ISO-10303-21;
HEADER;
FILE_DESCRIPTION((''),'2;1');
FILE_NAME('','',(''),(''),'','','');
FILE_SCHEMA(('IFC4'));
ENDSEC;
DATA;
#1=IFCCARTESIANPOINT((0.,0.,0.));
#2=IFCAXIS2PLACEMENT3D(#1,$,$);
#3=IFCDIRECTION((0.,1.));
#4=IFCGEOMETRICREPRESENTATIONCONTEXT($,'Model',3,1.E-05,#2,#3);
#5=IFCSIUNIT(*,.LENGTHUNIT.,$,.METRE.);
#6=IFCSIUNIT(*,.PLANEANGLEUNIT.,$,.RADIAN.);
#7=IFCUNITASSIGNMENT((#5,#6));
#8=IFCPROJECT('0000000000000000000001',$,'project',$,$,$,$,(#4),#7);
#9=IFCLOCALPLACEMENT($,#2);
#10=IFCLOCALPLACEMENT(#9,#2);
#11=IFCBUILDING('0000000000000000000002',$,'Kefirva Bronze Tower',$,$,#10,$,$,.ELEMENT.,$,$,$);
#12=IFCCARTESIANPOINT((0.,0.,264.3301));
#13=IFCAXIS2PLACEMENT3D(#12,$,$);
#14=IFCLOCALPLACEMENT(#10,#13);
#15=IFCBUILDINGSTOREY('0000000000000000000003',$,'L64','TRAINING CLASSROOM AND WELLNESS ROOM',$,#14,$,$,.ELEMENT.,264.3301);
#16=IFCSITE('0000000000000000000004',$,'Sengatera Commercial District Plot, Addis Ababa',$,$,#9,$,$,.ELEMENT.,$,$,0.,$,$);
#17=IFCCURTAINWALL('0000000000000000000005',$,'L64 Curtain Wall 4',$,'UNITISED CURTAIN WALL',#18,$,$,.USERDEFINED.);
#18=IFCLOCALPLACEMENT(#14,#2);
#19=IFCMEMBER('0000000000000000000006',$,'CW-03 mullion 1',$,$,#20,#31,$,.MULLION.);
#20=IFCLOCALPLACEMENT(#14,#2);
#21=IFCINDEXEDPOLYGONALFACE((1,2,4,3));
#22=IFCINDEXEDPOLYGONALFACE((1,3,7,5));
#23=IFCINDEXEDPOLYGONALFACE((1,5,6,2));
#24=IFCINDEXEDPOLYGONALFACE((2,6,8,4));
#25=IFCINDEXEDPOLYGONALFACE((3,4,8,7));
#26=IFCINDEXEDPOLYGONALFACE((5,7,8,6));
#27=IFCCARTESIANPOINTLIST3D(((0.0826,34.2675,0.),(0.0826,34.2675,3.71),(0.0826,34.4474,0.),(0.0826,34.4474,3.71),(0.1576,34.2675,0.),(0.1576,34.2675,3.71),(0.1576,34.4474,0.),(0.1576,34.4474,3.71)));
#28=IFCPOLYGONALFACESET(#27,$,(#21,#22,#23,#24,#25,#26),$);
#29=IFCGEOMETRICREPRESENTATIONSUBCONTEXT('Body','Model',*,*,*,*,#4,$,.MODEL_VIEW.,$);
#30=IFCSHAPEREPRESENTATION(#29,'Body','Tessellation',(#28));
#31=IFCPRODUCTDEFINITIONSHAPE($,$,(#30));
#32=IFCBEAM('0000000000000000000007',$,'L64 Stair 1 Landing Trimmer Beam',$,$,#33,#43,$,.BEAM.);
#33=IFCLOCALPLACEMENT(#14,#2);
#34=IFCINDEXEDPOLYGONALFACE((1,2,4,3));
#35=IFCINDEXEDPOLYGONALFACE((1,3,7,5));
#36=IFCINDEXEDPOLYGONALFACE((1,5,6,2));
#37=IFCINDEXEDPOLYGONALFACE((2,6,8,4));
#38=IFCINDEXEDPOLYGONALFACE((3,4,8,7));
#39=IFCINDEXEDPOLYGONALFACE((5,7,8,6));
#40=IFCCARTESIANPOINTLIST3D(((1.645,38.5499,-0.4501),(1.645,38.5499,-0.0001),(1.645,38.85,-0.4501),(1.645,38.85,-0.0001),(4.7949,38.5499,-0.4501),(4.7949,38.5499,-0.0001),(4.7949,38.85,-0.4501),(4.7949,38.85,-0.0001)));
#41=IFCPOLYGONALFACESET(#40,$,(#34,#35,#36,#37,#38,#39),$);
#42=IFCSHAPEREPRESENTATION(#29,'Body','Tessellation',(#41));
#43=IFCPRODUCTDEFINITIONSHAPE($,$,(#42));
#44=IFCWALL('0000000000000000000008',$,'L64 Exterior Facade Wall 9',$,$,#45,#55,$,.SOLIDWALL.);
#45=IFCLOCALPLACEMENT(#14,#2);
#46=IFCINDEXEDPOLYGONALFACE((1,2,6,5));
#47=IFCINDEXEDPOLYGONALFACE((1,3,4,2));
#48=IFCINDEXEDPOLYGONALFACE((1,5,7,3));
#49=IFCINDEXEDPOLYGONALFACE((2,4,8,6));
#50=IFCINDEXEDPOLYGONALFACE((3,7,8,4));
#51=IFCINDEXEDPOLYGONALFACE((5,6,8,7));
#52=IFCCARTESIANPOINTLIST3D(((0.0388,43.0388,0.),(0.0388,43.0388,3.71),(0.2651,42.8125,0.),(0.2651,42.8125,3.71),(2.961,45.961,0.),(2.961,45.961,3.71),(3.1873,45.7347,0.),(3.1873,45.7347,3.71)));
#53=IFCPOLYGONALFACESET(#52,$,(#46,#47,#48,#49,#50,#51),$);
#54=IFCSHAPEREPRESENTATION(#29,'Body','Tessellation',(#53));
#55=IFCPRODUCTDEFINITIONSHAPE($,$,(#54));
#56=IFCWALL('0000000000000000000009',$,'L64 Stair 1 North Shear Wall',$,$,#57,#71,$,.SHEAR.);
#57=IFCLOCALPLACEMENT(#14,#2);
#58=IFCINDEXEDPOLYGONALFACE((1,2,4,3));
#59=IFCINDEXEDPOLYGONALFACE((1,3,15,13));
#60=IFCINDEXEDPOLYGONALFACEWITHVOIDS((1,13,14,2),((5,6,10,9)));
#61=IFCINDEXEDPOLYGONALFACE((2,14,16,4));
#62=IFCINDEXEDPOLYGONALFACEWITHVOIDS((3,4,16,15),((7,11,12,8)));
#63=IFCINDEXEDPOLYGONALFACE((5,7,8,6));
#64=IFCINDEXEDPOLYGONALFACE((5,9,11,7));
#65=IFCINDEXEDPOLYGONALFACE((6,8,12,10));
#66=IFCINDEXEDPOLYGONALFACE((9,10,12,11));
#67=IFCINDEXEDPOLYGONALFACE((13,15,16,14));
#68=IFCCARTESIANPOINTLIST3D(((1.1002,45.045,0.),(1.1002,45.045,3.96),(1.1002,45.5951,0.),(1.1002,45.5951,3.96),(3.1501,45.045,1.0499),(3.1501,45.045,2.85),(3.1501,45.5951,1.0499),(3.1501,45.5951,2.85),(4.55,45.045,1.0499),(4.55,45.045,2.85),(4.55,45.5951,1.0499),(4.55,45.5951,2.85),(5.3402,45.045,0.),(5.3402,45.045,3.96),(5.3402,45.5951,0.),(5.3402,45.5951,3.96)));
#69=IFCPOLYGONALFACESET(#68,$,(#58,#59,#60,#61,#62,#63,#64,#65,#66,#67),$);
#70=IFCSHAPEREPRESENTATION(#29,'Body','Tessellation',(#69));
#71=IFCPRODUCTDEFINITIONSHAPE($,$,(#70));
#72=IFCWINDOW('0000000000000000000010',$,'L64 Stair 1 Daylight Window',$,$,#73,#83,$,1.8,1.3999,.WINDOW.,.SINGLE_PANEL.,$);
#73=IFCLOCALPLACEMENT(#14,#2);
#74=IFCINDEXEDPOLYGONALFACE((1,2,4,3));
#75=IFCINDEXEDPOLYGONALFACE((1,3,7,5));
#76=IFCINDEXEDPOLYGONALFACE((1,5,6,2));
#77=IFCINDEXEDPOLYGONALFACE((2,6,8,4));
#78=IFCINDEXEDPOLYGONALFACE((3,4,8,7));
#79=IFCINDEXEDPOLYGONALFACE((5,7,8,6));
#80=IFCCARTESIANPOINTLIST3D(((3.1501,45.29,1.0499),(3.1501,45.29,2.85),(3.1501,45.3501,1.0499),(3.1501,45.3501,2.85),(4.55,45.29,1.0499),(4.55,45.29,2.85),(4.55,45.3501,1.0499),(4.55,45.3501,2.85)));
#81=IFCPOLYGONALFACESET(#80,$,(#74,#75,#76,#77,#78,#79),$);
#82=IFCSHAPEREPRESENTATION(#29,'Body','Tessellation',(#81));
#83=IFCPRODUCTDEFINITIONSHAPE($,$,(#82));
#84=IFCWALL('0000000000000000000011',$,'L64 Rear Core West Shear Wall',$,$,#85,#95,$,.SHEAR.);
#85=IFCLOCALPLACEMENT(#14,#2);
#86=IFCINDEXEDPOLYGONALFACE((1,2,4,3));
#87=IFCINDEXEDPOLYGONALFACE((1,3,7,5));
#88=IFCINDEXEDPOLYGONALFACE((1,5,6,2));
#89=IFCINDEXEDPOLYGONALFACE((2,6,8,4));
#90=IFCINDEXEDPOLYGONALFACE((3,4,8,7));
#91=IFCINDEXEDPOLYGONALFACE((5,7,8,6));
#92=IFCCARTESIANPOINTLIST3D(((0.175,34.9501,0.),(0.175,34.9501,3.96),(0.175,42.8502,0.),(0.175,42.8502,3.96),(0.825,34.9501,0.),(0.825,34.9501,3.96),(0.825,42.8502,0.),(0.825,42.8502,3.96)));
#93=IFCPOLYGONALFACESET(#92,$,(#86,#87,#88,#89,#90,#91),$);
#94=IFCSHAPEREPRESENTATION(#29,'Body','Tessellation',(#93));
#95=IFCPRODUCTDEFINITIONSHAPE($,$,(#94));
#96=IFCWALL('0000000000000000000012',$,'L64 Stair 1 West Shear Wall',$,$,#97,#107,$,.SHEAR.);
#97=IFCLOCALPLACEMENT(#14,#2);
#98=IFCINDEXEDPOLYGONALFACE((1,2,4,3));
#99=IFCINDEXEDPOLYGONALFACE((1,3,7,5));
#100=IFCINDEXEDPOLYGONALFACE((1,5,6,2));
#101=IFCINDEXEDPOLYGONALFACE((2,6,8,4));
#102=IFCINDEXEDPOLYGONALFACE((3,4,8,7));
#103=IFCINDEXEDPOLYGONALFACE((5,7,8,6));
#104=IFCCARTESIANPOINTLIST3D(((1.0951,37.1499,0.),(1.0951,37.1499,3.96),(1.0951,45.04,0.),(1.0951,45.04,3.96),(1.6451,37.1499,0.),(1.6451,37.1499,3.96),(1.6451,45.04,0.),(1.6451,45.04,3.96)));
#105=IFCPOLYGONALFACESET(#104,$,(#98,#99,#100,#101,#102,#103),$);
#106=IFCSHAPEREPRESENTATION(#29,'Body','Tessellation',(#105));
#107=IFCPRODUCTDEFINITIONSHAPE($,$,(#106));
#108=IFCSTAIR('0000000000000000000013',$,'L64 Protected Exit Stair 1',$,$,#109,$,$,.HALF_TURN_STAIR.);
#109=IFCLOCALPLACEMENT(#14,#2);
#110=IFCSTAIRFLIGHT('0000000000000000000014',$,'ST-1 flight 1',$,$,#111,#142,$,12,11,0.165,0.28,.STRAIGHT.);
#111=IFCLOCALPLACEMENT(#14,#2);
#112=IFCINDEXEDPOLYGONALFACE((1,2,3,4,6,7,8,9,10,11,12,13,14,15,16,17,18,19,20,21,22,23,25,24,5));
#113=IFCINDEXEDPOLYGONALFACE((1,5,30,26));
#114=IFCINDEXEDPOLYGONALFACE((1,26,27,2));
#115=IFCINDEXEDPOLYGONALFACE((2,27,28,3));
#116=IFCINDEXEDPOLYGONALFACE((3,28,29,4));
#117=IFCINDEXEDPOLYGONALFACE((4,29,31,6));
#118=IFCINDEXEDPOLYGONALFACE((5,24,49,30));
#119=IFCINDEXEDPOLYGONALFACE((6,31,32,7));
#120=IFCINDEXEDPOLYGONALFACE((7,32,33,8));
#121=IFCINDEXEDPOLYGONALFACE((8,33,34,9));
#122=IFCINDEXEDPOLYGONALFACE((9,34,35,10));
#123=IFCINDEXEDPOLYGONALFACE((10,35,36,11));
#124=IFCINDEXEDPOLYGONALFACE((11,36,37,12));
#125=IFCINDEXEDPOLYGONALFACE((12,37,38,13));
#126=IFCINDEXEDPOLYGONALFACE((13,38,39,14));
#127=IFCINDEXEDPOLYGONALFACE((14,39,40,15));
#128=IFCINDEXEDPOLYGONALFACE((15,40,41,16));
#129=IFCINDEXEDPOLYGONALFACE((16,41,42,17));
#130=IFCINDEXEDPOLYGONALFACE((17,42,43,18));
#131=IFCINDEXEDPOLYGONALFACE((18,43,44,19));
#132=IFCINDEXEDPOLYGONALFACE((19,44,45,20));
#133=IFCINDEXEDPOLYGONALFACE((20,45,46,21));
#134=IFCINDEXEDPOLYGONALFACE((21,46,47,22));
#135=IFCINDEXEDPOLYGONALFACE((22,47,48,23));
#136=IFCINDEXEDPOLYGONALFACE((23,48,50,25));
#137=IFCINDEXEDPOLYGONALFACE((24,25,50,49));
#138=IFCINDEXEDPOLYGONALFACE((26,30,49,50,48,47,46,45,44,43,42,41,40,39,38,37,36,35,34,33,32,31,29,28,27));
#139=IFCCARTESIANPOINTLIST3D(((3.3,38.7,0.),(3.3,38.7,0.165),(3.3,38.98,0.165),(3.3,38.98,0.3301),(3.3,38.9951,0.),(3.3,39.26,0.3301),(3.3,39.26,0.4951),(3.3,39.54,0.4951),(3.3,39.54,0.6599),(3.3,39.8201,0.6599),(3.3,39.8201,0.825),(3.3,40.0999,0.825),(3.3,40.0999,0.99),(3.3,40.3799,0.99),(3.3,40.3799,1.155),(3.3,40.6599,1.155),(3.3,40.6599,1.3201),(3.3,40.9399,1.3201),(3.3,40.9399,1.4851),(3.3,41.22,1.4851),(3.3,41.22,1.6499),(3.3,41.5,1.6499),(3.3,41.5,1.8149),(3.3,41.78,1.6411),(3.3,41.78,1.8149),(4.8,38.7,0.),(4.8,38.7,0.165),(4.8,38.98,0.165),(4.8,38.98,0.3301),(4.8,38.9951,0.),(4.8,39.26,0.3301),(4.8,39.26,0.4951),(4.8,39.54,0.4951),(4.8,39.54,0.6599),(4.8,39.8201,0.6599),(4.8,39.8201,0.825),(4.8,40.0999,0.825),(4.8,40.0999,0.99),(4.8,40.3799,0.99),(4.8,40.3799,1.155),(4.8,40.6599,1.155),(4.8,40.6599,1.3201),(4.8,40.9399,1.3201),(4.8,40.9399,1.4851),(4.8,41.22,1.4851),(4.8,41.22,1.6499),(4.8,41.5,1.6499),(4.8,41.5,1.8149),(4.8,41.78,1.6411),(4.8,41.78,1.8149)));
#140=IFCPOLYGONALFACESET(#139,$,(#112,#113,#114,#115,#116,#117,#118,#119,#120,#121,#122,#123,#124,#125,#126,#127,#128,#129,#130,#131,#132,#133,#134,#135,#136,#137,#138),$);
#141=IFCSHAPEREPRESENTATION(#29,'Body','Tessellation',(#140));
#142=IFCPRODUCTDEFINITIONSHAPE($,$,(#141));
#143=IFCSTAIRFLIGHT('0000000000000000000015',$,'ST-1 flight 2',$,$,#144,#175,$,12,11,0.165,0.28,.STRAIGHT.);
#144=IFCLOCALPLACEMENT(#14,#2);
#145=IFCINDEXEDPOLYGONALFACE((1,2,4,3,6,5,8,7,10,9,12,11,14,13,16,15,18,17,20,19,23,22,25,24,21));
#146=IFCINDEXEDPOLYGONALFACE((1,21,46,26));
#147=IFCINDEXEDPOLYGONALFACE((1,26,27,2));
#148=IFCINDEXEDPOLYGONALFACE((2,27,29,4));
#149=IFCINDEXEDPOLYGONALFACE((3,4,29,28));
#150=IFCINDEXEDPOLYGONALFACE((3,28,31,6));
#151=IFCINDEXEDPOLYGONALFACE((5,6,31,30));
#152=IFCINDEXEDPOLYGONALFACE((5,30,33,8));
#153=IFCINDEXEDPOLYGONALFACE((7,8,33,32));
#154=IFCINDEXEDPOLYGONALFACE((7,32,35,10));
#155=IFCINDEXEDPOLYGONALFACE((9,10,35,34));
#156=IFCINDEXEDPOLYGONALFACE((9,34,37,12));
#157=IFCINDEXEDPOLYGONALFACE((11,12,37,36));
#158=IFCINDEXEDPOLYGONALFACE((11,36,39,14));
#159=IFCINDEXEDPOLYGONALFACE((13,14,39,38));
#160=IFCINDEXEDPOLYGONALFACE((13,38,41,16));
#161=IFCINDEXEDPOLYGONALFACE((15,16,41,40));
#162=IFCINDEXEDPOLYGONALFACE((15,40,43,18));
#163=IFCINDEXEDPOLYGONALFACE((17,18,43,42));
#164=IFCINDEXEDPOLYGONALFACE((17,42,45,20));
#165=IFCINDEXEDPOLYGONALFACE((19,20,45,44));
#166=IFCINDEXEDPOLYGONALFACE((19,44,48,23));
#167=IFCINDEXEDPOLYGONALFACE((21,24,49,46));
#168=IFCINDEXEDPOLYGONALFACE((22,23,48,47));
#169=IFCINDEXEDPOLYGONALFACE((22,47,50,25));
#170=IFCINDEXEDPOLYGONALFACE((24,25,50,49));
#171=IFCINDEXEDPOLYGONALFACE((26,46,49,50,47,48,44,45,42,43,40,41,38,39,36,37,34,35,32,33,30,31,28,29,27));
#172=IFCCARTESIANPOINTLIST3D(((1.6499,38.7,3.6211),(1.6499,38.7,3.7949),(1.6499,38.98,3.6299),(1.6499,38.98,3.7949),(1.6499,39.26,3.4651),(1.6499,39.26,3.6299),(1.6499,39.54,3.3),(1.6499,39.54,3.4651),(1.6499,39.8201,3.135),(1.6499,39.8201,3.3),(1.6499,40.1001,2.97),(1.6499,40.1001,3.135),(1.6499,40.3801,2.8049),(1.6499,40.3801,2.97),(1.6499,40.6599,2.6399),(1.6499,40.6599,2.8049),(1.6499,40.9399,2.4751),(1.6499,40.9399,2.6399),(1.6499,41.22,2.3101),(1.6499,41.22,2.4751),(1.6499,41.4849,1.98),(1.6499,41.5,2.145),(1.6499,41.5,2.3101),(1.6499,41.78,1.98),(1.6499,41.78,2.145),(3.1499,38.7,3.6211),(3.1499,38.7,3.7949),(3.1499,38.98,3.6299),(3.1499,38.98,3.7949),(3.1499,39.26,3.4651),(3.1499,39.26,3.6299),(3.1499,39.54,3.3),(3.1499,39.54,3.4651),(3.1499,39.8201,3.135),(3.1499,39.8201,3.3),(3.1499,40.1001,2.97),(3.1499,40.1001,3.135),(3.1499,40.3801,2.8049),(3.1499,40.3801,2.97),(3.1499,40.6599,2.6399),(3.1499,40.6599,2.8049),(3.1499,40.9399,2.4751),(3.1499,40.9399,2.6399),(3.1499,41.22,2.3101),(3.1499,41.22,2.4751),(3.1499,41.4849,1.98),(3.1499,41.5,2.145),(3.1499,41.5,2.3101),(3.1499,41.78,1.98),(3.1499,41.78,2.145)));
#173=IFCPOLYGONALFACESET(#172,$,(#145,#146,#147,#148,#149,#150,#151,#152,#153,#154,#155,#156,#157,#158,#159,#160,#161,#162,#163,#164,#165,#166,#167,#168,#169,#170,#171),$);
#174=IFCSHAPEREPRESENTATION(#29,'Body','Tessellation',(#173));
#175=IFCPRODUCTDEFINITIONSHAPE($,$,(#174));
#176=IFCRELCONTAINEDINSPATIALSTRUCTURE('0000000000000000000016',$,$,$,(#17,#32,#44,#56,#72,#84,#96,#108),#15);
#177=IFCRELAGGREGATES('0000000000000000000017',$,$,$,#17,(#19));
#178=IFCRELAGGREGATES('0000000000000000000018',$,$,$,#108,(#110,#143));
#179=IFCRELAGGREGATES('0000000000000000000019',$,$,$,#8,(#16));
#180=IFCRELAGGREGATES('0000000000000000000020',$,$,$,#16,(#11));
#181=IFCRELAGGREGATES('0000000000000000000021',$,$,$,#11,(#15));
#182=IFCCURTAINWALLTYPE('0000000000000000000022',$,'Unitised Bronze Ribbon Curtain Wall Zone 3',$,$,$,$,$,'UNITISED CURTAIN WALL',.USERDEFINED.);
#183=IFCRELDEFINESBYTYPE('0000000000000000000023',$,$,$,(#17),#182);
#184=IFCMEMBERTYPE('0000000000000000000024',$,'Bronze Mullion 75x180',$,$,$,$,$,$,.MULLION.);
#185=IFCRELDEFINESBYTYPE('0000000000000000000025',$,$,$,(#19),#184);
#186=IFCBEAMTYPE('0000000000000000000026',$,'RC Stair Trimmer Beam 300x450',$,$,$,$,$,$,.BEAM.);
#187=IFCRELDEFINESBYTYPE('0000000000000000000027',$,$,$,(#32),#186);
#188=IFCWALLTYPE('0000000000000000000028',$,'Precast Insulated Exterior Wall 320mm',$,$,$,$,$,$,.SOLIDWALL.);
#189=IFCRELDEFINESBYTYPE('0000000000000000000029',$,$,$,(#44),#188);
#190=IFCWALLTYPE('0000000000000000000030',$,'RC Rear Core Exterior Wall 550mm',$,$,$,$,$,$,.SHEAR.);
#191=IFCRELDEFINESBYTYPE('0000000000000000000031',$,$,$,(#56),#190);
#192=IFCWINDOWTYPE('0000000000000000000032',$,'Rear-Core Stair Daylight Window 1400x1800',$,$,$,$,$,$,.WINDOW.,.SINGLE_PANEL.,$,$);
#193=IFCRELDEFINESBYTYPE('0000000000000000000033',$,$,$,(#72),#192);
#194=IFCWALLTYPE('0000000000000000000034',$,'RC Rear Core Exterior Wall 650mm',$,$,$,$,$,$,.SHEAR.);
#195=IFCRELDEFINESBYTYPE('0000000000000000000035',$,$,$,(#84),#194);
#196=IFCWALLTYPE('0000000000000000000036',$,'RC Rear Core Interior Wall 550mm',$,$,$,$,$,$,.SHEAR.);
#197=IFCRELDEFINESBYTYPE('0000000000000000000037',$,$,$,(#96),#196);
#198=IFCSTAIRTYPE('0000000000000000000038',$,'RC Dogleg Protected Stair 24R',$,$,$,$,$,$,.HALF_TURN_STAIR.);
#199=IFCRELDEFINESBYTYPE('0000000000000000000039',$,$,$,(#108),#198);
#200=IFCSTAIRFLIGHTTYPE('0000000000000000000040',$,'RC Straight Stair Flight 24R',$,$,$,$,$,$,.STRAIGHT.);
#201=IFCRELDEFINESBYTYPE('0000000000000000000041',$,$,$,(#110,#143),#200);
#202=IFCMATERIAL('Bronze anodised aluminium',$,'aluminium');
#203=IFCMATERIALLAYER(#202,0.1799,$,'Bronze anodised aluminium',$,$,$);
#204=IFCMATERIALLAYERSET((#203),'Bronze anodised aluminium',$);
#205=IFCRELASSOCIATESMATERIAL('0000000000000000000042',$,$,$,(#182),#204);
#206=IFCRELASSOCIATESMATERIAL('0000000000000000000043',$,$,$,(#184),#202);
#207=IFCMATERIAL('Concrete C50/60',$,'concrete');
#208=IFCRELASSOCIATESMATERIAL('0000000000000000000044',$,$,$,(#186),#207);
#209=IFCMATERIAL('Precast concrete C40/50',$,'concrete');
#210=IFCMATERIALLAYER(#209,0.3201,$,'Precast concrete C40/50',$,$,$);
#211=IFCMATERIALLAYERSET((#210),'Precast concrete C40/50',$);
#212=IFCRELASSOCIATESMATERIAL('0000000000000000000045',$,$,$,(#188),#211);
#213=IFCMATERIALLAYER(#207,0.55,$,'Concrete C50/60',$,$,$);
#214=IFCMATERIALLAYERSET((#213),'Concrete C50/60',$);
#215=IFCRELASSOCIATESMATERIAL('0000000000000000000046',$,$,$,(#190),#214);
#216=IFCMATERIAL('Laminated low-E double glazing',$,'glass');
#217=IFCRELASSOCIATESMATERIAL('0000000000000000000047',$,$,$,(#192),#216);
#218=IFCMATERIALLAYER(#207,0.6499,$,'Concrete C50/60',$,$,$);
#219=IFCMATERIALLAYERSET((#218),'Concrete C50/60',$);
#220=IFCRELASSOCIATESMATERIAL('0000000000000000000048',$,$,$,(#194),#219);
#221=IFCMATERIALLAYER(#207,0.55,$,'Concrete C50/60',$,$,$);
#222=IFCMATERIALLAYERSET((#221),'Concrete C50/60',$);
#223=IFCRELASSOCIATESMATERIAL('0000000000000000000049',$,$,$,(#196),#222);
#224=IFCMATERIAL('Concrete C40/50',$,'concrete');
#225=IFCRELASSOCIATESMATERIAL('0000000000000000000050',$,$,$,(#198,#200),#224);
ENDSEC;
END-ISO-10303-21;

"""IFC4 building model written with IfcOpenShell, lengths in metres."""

from ifc_helpers import new_model, si_unit, direction, frame, frame_2d, origin, origin_2d, place, context, subcontext, project, spatial, polyline, rectangle, outline, extrude, material, layer, layer_set, material_profile, profile_set, type_object, element, fill, aggregate, save


model = new_model("IFC4")

# Units and contexts
model_context = context("Model", 3, precision=1e-05, world=origin(), true_north=direction((0.0, 1.0)))
body_context = subcontext(model_context, "Body", "Model", "MODEL_VIEW")
ifc_project = project(units=[si_unit("LENGTHUNIT", "METRE"), si_unit("PLANEANGLEUNIT", "RADIAN")], contexts=[model_context])

# Site, building, storey
site_placement = place(None, origin())
site = spatial("IfcSite", under=ifc_project, at=site_placement, Name="Sengatera Commercial District Plot, Addis Ababa", CompositionType="ELEMENT", RefElevation=0.0)
building_placement = place(site_placement, origin())
building = spatial("IfcBuilding", under=site, at=building_placement, Name="Kefirva Bronze Tower", CompositionType="ELEMENT")
storey_placement = place(building_placement, frame((0.0, 0.0, 264.3301)))
storey = spatial("IfcBuildingStorey", under=building, at=storey_placement, Name="L64", Description="TRAINING CLASSROOM AND WELLNESS ROOM", CompositionType="ELEMENT", Elevation=264.3301)

# Curtain wall, member
ifc_material_1 = material(Name="Bronze anodised aluminium", Category="aluminium")
ifc_layer_1 = layer(ifc_material_1, 0.1799, Name="Bronze anodised aluminium")
ifc_layer_set_1 = layer_set([ifc_layer_1], Name="Bronze anodised aluminium")
curtain_wall_type = type_object("IfcCurtainWallType", Name="Unitised Bronze Ribbon Curtain Wall Zone 3", ElementType="UNITISED CURTAIN WALL", PredefinedType="USERDEFINED", material=ifc_layer_set_1)
curtain_wall_placement = place(storey_placement, origin())
curtain_wall = element("IfcCurtainWall", 1, at=curtain_wall_placement, inside=storey, type_object=curtain_wall_type, Name="L64 Curtain Wall 4", ObjectType="UNITISED CURTAIN WALL", PredefinedType="USERDEFINED")
ifc_material_profile_1 = material_profile(ifc_material_1, rectangle(XDim=0.075, YDim=0.1799, at=origin_2d()), Name="ALU 75x180")
ifc_profile_set_1 = profile_set([ifc_material_profile_1], Name="Bronze anodised aluminium")
member_type = type_object("IfcMemberType", Name="Bronze Mullion 75x180", PredefinedType="MULLION", material=ifc_profile_set_1)
member_placement = place(storey_placement, frame((0.1201, 34.3574, 0.0), z_axis=(0.0, 0.0, 1.0), x_axis=(1.0, 0.0, 0.0)))
member = element("IfcMember", 2, at=member_placement, type_object=member_type, Name="CW-03 mullion 1", PredefinedType="MULLION", context=body_context, shape_type="SweptSolid", body=[
    extrude(rectangle(XDim=0.075, YDim=0.1799, at=origin_2d()), origin(), (0.0, 0.0, 1.0), 3.71),
])
aggregate(curtain_wall, [member])

# Beam
ifc_material_2 = material(Name="Concrete C50/60", Category="concrete")
ifc_material_profile_2 = material_profile(ifc_material_2, rectangle(XDim=0.3, YDim=0.45, at=origin_2d()), Name="RC 300x450")
ifc_profile_set_2 = profile_set([ifc_material_profile_2], Name="Concrete C50/60")
beam_type = type_object("IfcBeamType", Name="RC Stair Trimmer Beam 300x450", PredefinedType="BEAM", material=ifc_profile_set_2)
beam_placement = place(storey_placement, frame((1.645, 38.7, -0.2251), z_axis=(1.0, 0.0, 0.0), x_axis=(0.0, 1.0, 0.0)))
element("IfcBeam", 3, at=beam_placement, inside=storey, type_object=beam_type, Name="L64 Stair 1 Landing Trimmer Beam", PredefinedType="BEAM", context=body_context, shape_type="SweptSolid", body=[
    extrude(rectangle(XDim=0.3, YDim=0.45, at=origin_2d()), origin(), (0.0, 0.0, 1.0), 3.1499),
])

# Wall
ifc_material_3 = material(Name="Precast concrete C40/50", Category="concrete")
ifc_layer_2 = layer(ifc_material_3, 0.3201, Name="Precast concrete C40/50")
ifc_layer_set_2 = layer_set([ifc_layer_2], Name="Precast concrete C40/50")
wall_type_1 = type_object("IfcWallType", Name="Precast Insulated Exterior Wall 320mm", PredefinedType="SOLIDWALL", material=ifc_layer_set_2)
wall_1_placement = place(storey_placement, frame((3.0742, 45.8479, 0.0), z_axis=(0.0, 0.0, 1.0), x_axis=(-0.707107, -0.707107, 0.0)))
element("IfcWall", 4, at=wall_1_placement, inside=storey, type_object=wall_type_1, Name="L64 Exterior Facade Wall 9", PredefinedType="SOLIDWALL", context=body_context, shape_type="SweptSolid", body=[
    extrude(rectangle(XDim=4.1326, YDim=0.3201, at=frame_2d((2.0664, 0.0))), origin(), (0.0, 0.0, 1.0), 3.71),
])

# Wall, opening, window
ifc_layer_3 = layer(ifc_material_2, 0.55, Name="Concrete C50/60")
ifc_layer_set_3 = layer_set([ifc_layer_3], Name="Concrete C50/60")
wall_type_2 = type_object("IfcWallType", Name="RC Rear Core Exterior Wall 550mm", PredefinedType="SHEAR", material=ifc_layer_set_3)
wall_2_placement = place(storey_placement, frame((1.1001, 45.3201, 0.0), z_axis=(0.0, 0.0, 1.0), x_axis=(1.0, 0.0, 0.0)))
wall_2 = element("IfcWall", 5, at=wall_2_placement, inside=storey, type_object=wall_type_2, Name="L64 Stair 1 North Shear Wall", PredefinedType="SHEAR", context=body_context, shape_type="SweptSolid", body=[
    extrude(rectangle(XDim=4.24, YDim=0.55, at=frame_2d((2.1201, 0.0))), origin(), (0.0, 0.0, 1.0), 3.96),
])
opening_1_placement = place(wall_2_placement, frame((2.05, 0.0, 1.05)))
opening_1 = element("IfcOpeningElement", 6, at=opening_1_placement, cuts=wall_2, PredefinedType="OPENING", context=body_context, shape_type="SweptSolid", body=[
    extrude(rectangle(XDim=1.3999, YDim=1.8, at=frame_2d((0.7, 0.8999))), frame((0.0, 0.2852, 0.0), z_axis=(0.0, -1.0, 0.0), x_axis=(1.0, 0.0, 0.0)), (0.0, 0.0, 1.0), 0.5701),
])
ifc_material_4 = material(Name="Laminated low-E double glazing", Category="glass")
window_type = type_object("IfcWindowType", Name="Rear-Core Stair Daylight Window 1400x1800", PartitioningType="SINGLE_PANEL", PredefinedType="WINDOW", material=ifc_material_4)
window_placement = place(opening_1_placement, origin())
window = element("IfcWindow", 7, at=window_placement, inside=storey, type_object=window_type, Name="L64 Stair 1 Daylight Window", OverallHeight=1.8, OverallWidth=1.3999, PartitioningType="SINGLE_PANEL", PredefinedType="WINDOW", context=body_context, shape_type="SweptSolid", body=[
    extrude(rectangle(XDim=1.3999, YDim=1.8, at=frame_2d((0.7, 0.8999))), frame((0.0, 0.03, 0.0), z_axis=(0.0, -1.0, 0.0), x_axis=(1.0, 0.0, 0.0)), (0.0, 0.0, 1.0), 0.0601),
])
fill(opening_1, window)

# Walls
ifc_layer_4 = layer(ifc_material_2, 0.6499, Name="Concrete C50/60")
ifc_layer_set_4 = layer_set([ifc_layer_4], Name="Concrete C50/60")
wall_type_3 = type_object("IfcWallType", Name="RC Rear Core Exterior Wall 650mm", PredefinedType="SHEAR", material=ifc_layer_set_4)
wall_3_placement = place(storey_placement, frame((0.5, 34.95, 0.0), z_axis=(0.0, 0.0, 1.0), x_axis=(0.0, 1.0, 0.0)))
element("IfcWall", 8, at=wall_3_placement, inside=storey, type_object=wall_type_3, Name="L64 Rear Core West Shear Wall", PredefinedType="SHEAR", context=body_context, shape_type="SweptSolid", body=[
    extrude(rectangle(XDim=7.9001, YDim=0.6499, at=frame_2d((3.9502, 0.0))), origin(), (0.0, 0.0, 1.0), 3.96),
])
ifc_layer_5 = layer(ifc_material_2, 0.55, Name="Concrete C50/60")
ifc_layer_set_5 = layer_set([ifc_layer_5], Name="Concrete C50/60")
wall_type_4 = type_object("IfcWallType", Name="RC Rear Core Interior Wall 550mm", PredefinedType="SHEAR", material=ifc_layer_set_5)
wall_4_placement = place(storey_placement, frame((1.3701, 37.1499, 0.0), z_axis=(0.0, 0.0, 1.0), x_axis=(0.0, 1.0, 0.0)))
element("IfcWall", 9, at=wall_4_placement, inside=storey, type_object=wall_type_4, Name="L64 Stair 1 West Shear Wall", PredefinedType="SHEAR", context=body_context, shape_type="SweptSolid", body=[
    extrude(rectangle(XDim=7.8901, YDim=0.55, at=frame_2d((3.9451, 0.0))), origin(), (0.0, 0.0, 1.0), 3.96),
])

# Stair, stair flights
ifc_material_5 = material(Name="Concrete C40/50", Category="concrete")
stair_type = type_object("IfcStairType", Name="RC Dogleg Protected Stair 24R", PredefinedType="HALF_TURN_STAIR", material=ifc_material_5)
stair_placement = place(storey_placement, origin())
stair = element("IfcStair", 10, at=stair_placement, inside=storey, type_object=stair_type, Name="L64 Protected Exit Stair 1", PredefinedType="HALF_TURN_STAIR")
stair_flight_type = type_object("IfcStairFlightType", Name="RC Straight Stair Flight 24R", PredefinedType="STRAIGHT", material=ifc_material_5)
stair_flight_1_placement = place(storey_placement, frame((4.05, 38.7, 0.0), z_axis=(0.0, 0.0, 1.0), x_axis=(0.0, 1.0, 0.0)))
stair_flight_1 = element("IfcStairFlight", 11, at=stair_flight_1_placement, type_object=stair_flight_type, Name="ST-1 flight 1", NumberOfRisers=12, NumberOfTreads=11, PredefinedType="STRAIGHT", RiserHeight=0.165, TreadLength=0.28, context=body_context, shape_type="SweptSolid", body=[
    extrude(outline(polyline([(0.0, 0.0), (0.0, 0.165), (0.28, 0.165), (0.28, 0.3301), (0.5601, 0.3301), (0.5601, 0.4951), (0.8401, 0.4951), (0.8401, 0.6599), (1.1201, 0.6599), (1.1201, 0.825), (1.3999, 0.825), (1.3999, 0.99), (1.6799, 0.99), (1.6799, 1.155), (1.96, 1.155), (1.96, 1.3201), (2.24, 1.3201), (2.24, 1.4851), (2.52, 1.4851), (2.52, 1.6499), (2.8, 1.6499), (2.8, 1.8149), (3.0801, 1.8149), (3.0801, 1.98), (3.0801, 1.6411), (0.2952, 0.0), (0.0, 0.0)])), frame((0.0, 0.75, 0.0), z_axis=(0.0, -1.0, 0.0), x_axis=(1.0, 0.0, 0.0)), (0.0, 0.0, 1.0), 1.5),
])
stair_flight_2_placement = place(storey_placement, frame((2.3999, 41.78, 1.98), z_axis=(0.0, 0.0, 1.0), x_axis=(0.0, -1.0, 0.0)))
stair_flight_2 = element("IfcStairFlight", 12, at=stair_flight_2_placement, type_object=stair_flight_type, Name="ST-1 flight 2", NumberOfRisers=12, NumberOfTreads=11, PredefinedType="STRAIGHT", RiserHeight=0.165, TreadLength=0.28, context=body_context, shape_type="SweptSolid", body=[
    extrude(outline(polyline([(0.0, 0.0), (0.0, 0.165), (0.28, 0.165), (0.28, 0.3301), (0.5601, 0.3301), (0.5601, 0.4951), (0.8401, 0.4951), (0.8401, 0.6599), (1.1201, 0.6599), (1.1201, 0.825), (1.3999, 0.825), (1.3999, 0.99), (1.6799, 0.99), (1.6799, 1.155), (1.96, 1.155), (1.96, 1.3201), (2.24, 1.3201), (2.24, 1.4851), (2.52, 1.4851), (2.52, 1.6499), (2.8, 1.6499), (2.8, 1.8149), (3.0801, 1.8149), (3.0801, 1.98), (3.0801, 1.6411), (0.2952, 0.0), (0.0, 0.0)])), frame((0.0, 0.75, 0.0), z_axis=(0.0, -1.0, 0.0), x_axis=(1.0, 0.0, 0.0)), (0.0, 0.0, 1.0), 1.5),
])
aggregate(stair, [stair_flight_1, stair_flight_2])

save(model, "model.ifc")
